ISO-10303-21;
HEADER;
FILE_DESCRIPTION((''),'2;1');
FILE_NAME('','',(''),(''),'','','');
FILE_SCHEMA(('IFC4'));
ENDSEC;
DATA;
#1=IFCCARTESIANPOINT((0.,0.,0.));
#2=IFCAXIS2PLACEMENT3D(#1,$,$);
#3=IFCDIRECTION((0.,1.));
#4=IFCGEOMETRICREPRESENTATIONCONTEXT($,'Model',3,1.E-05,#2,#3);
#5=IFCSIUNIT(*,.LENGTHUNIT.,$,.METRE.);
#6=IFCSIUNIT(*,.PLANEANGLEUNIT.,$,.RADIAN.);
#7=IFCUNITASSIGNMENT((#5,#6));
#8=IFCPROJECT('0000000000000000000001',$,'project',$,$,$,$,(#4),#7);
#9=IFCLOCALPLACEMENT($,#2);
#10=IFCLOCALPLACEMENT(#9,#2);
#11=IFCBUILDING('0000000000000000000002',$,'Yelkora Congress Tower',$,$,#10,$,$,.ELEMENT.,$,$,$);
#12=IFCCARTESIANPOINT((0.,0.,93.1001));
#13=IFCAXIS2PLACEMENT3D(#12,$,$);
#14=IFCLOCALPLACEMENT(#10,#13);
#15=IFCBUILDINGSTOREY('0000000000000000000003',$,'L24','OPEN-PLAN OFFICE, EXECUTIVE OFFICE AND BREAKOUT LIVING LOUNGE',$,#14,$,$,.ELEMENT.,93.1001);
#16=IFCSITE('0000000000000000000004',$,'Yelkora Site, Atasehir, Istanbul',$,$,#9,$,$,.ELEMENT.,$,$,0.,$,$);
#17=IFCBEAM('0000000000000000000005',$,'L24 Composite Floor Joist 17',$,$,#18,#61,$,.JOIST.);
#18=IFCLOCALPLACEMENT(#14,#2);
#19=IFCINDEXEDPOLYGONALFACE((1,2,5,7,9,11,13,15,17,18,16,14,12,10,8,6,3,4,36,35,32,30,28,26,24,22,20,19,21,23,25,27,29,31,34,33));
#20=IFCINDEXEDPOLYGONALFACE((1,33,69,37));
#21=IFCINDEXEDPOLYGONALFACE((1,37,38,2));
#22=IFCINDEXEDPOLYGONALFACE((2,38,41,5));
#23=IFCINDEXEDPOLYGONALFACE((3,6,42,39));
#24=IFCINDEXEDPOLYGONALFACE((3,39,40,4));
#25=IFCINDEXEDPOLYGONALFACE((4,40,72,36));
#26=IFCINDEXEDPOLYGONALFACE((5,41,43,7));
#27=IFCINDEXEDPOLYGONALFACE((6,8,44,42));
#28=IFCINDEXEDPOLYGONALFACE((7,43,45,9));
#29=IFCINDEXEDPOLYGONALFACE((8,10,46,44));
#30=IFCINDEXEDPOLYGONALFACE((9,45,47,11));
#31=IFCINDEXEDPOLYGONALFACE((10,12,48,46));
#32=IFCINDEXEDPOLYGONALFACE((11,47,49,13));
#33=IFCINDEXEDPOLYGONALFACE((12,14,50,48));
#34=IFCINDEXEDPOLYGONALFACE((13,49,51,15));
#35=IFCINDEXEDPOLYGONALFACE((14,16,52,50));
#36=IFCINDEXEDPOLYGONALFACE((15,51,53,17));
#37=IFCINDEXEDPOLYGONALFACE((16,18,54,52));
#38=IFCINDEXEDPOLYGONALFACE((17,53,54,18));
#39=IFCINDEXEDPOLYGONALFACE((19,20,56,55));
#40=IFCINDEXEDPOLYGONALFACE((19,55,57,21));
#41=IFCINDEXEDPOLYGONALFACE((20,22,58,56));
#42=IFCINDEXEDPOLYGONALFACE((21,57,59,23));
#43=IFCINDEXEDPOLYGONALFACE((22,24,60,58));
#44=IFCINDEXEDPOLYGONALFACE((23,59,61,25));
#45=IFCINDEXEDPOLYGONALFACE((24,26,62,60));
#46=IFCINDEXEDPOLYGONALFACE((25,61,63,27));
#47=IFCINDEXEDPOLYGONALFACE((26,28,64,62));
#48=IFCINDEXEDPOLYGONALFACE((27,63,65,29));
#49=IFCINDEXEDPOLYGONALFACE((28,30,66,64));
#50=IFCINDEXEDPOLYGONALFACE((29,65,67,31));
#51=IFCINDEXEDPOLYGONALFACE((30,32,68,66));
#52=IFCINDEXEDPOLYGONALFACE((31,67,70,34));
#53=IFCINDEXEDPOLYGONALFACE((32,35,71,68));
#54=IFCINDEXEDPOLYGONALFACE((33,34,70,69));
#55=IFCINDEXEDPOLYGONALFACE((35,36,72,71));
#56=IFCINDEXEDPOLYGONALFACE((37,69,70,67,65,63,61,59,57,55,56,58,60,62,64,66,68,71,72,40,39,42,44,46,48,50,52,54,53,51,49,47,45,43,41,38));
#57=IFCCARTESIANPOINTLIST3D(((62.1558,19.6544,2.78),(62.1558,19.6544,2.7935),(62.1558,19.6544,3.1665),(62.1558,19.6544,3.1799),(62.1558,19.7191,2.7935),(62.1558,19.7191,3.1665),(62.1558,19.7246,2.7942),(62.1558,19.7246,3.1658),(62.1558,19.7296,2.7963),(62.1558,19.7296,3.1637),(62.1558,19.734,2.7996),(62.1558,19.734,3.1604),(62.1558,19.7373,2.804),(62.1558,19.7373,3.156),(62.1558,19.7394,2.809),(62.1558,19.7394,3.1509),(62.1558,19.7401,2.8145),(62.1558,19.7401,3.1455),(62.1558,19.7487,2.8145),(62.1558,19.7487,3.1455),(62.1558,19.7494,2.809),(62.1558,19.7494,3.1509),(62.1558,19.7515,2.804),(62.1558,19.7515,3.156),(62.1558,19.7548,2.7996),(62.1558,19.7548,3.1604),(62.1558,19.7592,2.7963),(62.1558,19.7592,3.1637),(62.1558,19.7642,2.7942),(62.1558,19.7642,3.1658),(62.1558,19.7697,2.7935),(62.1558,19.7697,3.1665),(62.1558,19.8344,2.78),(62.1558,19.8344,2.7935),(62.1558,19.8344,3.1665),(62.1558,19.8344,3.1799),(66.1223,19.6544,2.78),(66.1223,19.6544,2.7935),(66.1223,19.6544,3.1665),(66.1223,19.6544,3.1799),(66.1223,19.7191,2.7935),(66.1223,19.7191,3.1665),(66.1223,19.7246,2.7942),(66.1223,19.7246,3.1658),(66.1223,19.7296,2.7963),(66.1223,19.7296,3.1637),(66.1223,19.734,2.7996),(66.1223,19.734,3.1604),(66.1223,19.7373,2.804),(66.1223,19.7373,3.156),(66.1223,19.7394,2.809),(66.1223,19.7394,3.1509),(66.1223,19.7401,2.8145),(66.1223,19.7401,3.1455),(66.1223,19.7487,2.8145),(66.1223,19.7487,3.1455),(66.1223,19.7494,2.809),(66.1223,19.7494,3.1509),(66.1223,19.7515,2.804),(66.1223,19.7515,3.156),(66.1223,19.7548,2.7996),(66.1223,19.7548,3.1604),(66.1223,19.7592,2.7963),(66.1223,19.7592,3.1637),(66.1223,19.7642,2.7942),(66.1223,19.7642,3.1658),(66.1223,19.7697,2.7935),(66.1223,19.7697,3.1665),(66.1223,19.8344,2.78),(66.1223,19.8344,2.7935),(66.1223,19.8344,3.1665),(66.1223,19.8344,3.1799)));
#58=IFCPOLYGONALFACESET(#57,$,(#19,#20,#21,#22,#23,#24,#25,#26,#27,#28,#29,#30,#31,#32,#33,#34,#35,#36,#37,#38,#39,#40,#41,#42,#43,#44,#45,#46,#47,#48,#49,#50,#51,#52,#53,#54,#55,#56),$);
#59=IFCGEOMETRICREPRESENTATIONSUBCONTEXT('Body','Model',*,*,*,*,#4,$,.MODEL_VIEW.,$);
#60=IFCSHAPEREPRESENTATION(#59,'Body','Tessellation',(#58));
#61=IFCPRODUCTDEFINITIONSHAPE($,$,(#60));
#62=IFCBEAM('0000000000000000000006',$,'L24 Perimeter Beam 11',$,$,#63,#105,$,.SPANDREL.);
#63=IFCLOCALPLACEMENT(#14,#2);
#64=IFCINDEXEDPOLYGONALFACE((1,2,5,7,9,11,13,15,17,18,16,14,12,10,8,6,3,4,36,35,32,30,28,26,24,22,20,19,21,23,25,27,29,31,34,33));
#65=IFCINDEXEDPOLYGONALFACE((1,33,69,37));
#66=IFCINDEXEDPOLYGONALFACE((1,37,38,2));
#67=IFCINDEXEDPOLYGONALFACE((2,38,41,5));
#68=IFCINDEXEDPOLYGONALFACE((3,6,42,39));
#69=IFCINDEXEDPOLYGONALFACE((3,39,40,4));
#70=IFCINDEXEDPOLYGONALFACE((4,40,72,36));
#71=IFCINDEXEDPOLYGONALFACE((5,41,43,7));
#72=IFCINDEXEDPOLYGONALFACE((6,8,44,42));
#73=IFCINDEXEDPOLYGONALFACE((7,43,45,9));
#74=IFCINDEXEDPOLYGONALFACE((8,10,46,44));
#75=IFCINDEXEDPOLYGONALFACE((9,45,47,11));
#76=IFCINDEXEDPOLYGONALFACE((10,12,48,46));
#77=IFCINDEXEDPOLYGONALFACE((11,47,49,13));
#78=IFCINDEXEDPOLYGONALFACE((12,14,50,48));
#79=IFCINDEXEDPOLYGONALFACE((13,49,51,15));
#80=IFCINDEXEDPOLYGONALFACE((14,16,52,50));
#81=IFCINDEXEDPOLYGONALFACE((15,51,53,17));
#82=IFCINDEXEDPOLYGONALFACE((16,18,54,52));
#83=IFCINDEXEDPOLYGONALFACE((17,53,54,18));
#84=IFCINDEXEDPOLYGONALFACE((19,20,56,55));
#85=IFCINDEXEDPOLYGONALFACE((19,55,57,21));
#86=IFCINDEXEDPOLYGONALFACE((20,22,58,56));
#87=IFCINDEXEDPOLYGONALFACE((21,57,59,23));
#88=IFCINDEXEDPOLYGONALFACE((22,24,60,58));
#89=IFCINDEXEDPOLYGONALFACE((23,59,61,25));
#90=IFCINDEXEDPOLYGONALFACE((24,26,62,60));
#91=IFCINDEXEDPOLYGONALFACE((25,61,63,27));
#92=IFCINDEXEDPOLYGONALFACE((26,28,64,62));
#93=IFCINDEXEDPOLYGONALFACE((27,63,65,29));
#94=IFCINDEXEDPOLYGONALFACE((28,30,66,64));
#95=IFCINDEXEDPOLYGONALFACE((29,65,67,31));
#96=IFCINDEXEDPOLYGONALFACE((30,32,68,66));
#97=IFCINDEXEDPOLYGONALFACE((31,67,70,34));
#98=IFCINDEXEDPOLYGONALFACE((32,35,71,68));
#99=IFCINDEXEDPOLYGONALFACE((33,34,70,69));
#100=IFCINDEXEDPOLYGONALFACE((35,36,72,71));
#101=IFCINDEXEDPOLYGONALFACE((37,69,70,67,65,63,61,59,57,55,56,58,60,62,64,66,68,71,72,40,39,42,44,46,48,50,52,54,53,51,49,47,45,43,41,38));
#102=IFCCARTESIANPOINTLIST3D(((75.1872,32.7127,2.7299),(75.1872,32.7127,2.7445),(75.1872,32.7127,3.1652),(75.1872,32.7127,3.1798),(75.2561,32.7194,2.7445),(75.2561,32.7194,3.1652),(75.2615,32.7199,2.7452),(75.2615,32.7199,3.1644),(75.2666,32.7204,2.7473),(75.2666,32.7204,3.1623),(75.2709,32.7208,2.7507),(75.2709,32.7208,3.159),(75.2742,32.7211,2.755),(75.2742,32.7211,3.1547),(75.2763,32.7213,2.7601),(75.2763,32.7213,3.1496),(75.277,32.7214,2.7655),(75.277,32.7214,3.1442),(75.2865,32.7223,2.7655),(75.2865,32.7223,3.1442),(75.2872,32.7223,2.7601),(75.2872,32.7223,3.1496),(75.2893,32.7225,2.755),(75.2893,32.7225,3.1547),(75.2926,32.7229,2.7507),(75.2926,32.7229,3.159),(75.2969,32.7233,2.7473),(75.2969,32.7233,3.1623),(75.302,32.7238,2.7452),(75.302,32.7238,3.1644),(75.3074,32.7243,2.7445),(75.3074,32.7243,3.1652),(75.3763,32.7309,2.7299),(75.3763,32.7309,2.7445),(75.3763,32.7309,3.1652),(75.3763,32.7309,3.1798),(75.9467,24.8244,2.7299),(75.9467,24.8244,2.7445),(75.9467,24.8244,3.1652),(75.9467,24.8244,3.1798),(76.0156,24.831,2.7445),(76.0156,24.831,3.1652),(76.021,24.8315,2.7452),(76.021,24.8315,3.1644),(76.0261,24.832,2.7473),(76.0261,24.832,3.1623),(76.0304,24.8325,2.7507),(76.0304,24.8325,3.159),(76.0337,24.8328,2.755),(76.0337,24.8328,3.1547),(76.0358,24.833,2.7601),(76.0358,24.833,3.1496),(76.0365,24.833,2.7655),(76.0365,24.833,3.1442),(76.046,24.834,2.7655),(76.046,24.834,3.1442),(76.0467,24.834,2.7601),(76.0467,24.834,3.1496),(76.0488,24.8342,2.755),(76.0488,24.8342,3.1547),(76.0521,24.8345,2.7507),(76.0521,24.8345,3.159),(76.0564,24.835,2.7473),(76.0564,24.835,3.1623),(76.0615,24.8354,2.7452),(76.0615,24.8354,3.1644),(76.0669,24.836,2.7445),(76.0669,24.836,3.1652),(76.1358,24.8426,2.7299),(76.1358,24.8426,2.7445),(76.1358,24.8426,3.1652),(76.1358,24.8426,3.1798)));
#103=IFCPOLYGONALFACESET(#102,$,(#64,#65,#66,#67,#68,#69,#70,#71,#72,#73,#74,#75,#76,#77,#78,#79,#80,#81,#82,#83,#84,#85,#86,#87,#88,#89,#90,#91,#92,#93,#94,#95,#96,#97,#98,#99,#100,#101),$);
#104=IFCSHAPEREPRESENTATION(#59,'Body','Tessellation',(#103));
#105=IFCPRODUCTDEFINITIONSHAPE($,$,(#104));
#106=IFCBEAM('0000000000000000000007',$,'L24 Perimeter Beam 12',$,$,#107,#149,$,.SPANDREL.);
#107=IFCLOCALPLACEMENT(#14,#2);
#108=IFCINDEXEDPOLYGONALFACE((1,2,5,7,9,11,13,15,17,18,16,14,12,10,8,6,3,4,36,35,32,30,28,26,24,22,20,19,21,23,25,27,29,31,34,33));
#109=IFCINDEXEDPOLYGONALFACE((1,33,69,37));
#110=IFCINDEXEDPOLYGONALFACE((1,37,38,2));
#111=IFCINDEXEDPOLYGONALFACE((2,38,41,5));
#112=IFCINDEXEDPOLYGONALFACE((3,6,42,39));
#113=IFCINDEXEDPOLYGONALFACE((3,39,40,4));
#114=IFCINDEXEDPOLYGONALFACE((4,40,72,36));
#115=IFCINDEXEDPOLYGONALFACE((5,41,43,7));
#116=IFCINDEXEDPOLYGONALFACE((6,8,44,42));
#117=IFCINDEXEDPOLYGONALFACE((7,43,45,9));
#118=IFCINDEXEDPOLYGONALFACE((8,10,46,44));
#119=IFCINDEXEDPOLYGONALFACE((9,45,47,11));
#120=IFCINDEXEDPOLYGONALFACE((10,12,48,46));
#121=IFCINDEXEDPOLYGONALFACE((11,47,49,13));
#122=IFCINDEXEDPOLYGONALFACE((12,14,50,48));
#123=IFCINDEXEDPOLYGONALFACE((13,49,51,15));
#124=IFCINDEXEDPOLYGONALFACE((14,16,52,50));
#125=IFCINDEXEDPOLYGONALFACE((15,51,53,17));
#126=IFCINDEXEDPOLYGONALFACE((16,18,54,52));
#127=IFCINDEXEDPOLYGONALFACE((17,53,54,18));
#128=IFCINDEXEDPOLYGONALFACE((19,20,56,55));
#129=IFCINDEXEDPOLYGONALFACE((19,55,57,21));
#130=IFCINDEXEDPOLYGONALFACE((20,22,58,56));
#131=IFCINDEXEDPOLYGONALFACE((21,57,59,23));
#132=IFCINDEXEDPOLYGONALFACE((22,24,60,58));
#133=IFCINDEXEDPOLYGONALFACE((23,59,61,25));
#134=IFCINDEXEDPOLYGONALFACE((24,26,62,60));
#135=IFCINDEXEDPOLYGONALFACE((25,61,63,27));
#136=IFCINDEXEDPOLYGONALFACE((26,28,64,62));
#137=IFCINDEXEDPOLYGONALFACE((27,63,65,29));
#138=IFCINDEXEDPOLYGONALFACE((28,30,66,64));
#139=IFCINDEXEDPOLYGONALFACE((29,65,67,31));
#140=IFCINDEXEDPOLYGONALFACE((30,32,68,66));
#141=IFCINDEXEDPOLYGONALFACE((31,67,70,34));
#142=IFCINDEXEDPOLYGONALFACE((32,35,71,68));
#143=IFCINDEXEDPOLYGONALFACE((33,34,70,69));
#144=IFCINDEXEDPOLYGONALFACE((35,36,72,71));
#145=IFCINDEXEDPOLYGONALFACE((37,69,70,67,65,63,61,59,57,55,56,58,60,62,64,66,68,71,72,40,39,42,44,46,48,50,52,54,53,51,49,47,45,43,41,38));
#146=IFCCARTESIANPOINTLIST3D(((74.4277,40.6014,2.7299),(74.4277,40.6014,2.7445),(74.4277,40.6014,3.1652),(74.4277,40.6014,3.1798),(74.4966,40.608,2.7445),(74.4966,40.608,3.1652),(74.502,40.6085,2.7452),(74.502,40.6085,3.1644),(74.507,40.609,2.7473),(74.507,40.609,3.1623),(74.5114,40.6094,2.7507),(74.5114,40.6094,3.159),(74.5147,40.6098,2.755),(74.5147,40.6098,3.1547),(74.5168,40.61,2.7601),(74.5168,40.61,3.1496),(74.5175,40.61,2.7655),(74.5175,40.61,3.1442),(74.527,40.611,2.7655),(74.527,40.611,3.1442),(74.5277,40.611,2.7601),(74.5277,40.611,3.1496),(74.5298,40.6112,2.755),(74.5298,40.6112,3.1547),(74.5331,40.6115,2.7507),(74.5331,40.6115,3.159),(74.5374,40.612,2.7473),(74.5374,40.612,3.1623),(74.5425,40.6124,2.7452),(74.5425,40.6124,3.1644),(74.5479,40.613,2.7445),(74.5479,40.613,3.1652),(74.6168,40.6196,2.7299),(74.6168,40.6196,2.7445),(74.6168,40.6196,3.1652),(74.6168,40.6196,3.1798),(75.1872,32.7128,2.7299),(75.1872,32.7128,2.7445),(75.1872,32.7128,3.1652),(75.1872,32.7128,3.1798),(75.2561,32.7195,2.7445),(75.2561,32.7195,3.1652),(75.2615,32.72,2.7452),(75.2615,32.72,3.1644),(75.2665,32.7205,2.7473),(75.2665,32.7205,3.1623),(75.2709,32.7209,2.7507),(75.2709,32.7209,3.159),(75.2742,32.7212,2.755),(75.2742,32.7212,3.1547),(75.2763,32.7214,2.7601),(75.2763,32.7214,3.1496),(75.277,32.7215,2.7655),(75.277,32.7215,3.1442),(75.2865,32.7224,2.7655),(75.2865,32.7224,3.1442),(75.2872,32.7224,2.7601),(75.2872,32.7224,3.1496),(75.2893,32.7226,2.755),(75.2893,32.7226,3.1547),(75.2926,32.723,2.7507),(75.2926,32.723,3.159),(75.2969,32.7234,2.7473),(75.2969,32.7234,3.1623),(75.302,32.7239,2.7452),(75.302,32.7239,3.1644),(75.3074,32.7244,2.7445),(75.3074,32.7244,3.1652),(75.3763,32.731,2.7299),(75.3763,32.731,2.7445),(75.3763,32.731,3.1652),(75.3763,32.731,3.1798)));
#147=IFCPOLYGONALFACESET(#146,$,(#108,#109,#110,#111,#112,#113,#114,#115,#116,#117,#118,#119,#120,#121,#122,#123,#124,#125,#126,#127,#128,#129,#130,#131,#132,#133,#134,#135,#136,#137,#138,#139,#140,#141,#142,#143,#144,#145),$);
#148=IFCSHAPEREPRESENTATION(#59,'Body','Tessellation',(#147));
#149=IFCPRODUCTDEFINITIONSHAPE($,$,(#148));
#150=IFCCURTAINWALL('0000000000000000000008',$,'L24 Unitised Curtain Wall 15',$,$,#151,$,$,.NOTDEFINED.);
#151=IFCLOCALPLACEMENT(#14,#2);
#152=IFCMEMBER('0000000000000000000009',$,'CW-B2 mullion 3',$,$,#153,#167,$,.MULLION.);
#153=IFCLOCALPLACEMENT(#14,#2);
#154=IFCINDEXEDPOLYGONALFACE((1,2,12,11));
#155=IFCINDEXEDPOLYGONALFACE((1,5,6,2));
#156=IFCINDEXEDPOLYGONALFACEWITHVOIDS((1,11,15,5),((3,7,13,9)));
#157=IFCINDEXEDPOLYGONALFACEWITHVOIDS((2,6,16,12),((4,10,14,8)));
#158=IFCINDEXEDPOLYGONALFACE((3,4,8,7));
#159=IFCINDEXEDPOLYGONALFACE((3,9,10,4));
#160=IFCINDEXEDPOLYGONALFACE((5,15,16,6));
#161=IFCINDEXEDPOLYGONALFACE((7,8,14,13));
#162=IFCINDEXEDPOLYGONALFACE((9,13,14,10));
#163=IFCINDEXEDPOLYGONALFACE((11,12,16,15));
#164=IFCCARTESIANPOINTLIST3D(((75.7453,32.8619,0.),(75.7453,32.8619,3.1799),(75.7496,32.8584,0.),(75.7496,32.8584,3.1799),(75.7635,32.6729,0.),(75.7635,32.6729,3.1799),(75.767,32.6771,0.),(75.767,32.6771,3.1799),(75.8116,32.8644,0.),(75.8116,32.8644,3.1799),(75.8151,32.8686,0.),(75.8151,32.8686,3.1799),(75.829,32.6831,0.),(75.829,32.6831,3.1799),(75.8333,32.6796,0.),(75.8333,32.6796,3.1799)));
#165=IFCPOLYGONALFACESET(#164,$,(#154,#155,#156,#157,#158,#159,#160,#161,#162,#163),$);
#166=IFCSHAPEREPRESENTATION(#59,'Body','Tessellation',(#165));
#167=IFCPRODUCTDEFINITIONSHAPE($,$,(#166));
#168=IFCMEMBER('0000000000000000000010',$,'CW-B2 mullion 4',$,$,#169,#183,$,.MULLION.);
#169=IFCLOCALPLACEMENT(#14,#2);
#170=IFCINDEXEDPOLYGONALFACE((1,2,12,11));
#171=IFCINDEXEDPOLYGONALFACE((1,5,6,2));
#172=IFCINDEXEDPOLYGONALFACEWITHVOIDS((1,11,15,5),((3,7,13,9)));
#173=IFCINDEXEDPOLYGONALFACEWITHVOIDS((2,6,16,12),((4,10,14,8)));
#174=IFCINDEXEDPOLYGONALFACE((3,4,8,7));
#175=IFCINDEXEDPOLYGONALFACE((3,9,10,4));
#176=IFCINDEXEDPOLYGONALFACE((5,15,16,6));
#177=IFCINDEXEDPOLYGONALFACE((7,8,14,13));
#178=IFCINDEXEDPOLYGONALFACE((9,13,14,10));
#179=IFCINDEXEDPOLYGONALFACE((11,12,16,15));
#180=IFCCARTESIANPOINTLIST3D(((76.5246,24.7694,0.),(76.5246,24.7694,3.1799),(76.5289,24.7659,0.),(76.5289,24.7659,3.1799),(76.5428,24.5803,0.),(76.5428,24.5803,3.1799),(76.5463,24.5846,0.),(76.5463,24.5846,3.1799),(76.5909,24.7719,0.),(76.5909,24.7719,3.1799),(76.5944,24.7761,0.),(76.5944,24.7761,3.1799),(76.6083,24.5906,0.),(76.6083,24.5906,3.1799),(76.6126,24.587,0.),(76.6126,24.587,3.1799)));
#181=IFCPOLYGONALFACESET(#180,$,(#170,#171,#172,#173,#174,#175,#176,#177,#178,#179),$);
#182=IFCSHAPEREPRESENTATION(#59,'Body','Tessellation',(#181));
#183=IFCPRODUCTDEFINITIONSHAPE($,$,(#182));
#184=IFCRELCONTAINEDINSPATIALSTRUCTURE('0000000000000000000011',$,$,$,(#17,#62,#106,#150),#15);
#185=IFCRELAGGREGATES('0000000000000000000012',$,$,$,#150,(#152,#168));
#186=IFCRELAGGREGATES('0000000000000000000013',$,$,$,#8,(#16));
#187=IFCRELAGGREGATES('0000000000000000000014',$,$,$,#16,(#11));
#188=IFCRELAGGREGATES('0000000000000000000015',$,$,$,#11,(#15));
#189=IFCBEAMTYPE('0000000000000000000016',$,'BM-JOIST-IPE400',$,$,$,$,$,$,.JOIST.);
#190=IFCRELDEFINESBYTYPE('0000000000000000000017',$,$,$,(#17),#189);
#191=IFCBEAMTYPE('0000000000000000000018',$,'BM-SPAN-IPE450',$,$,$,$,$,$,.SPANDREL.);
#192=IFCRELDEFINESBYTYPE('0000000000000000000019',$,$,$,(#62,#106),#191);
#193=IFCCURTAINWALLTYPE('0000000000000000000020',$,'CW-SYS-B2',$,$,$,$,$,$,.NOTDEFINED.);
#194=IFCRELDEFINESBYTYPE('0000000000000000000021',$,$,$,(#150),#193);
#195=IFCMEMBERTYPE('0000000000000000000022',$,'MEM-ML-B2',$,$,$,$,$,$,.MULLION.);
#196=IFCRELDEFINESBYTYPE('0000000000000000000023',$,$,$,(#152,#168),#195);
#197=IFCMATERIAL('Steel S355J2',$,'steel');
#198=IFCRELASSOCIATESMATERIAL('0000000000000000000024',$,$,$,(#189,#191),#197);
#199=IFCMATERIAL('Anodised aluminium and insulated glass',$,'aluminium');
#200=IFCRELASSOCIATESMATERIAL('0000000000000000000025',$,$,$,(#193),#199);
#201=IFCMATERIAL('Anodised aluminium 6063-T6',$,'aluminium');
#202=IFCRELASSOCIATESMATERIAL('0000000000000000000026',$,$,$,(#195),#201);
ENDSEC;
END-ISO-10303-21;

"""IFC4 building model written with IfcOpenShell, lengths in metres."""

from ifc_helpers import new_model, si_unit, direction, frame, origin, origin_2d, place, context, subcontext, project, spatial, hollow_rectangle, i_section, extrude, material, material_profile, profile_set, type_object, element, aggregate, save


model = new_model("IFC4")

# Units and contexts
model_context = context("Model", 3, precision=1e-05, world=origin(), true_north=direction((0.0, 1.0)))
body_context = subcontext(model_context, "Body", "Model", "MODEL_VIEW")
ifc_project = project(units=[si_unit("LENGTHUNIT", "METRE"), si_unit("PLANEANGLEUNIT", "RADIAN")], contexts=[model_context])

# Site, building, storey
site_placement = place(None, origin())
site = spatial("IfcSite", under=ifc_project, at=site_placement, Name="Yelkora Site, Atasehir, Istanbul", CompositionType="ELEMENT", RefElevation=0.0)
building_placement = place(site_placement, origin())
building = spatial("IfcBuilding", under=site, at=building_placement, Name="Yelkora Congress Tower", CompositionType="ELEMENT")
storey_placement = place(building_placement, frame((0.0, 0.0, 93.1001)))
storey = spatial("IfcBuildingStorey", under=building, at=storey_placement, Name="L24", Description="OPEN-PLAN OFFICE, EXECUTIVE OFFICE AND BREAKOUT LIVING LOUNGE", CompositionType="ELEMENT", Elevation=93.1001)

# Beams
ifc_material_1 = material(Name="Steel S355J2", Category="steel")
ifc_material_profile_1 = material_profile(ifc_material_1, i_section(OverallWidth=0.1799, OverallDepth=0.3999, WebThickness=0.0085, FlangeThickness=0.0134, FilletRadius=0.021, at=origin_2d()), Name="IPE 400")
ifc_profile_set_1 = profile_set([ifc_material_profile_1], Name="Steel S355J2")
beam_type_1 = type_object("IfcBeamType", Name="BM-JOIST-IPE400", PredefinedType="JOIST", material=ifc_profile_set_1)
beam_1_placement = place(storey_placement, frame((62.1558, 19.7444, 2.98), z_axis=(1.0, 0.0, 0.0), x_axis=(0.0, 1.0, 0.0)))
element("IfcBeam", 1, at=beam_1_placement, inside=storey, type_object=beam_type_1, Name="L24 Composite Floor Joist 17", PredefinedType="JOIST", context=body_context, shape_type="SweptSolid", body=[
    extrude(i_section(OverallWidth=0.1799, OverallDepth=0.3999, WebThickness=0.0085, FlangeThickness=0.0134, FilletRadius=0.021, at=origin_2d()), origin(), (0.0, 0.0, 1.0), 3.9666),
])
ifc_material_profile_2 = material_profile(ifc_material_1, i_section(OverallWidth=0.1899, OverallDepth=0.45, WebThickness=0.0095, FlangeThickness=0.0146, FilletRadius=0.021, at=origin_2d()), Name="IPE 450")
ifc_profile_set_2 = profile_set([ifc_material_profile_2], Name="Steel S355J2")
beam_type_2 = type_object("IfcBeamType", Name="BM-SPAN-IPE450", PredefinedType="SPANDREL", material=ifc_profile_set_2)
beam_2_placement = place(storey_placement, frame((76.0413, 24.8335, 2.9548), z_axis=(-0.09584, 0.995397, 0.0), x_axis=(-0.995397, -0.09584, 0.0)))
element("IfcBeam", 2, at=beam_2_placement, inside=storey, type_object=beam_type_2, Name="L24 Perimeter Beam 11", PredefinedType="SPANDREL", context=body_context, shape_type="SweptSolid", body=[
    extrude(i_section(OverallWidth=0.1899, OverallDepth=0.45, WebThickness=0.0095, FlangeThickness=0.0146, FilletRadius=0.021, at=origin_2d()), origin(), (0.0, 0.0, 1.0), 7.9248),
])
beam_3_placement = place(storey_placement, frame((75.2817, 32.7219, 2.9548), z_axis=(-0.095837, 0.995397, 0.0), x_axis=(-0.995397, -0.095837, 0.0)))
element("IfcBeam", 3, at=beam_3_placement, inside=storey, type_object=beam_type_2, Name="L24 Perimeter Beam 12", PredefinedType="SPANDREL", context=body_context, shape_type="SweptSolid", body=[
    extrude(i_section(OverallWidth=0.1899, OverallDepth=0.45, WebThickness=0.0095, FlangeThickness=0.0146, FilletRadius=0.021, at=origin_2d()), origin(), (0.0, 0.0, 1.0), 7.925),
])

# Curtain wall, members
ifc_material_2 = material(Name="Anodised aluminium and insulated glass", Category="aluminium")
curtain_wall_type = type_object("IfcCurtainWallType", Name="CW-SYS-B2", PredefinedType="NOTDEFINED", material=ifc_material_2)
curtain_wall_placement = place(storey_placement, origin())
curtain_wall = element("IfcCurtainWall", 4, at=curtain_wall_placement, inside=storey, type_object=curtain_wall_type, Name="L24 Unitised Curtain Wall 15", PredefinedType="NOTDEFINED")
ifc_material_3 = material(Name="Anodised aluminium 6063-T6", Category="aluminium")
ifc_material_profile_3 = material_profile(ifc_material_3, hollow_rectangle(XDim=0.0701, YDim=0.1899, WallThickness=0.0039, at=origin_2d()), Name="ALU 70x190x4")
ifc_profile_set_3 = profile_set([ifc_material_profile_3], Name="Anodised aluminium 6063-T6")
member_type_1 = type_object("IfcMemberType", Name="MEM-ML-B2", PredefinedType="MULLION", material=ifc_profile_set_3)
member_1_placement = place(storey_placement, frame((75.7893, 32.7708, 0.0), z_axis=(0.0, 0.0, 1.0), x_axis=(0.995397, 0.095843, 0.0)))
member_1 = element("IfcMember", 5, at=member_1_placement, type_object=member_type_1, Name="CW-B2 mullion 3", PredefinedType="MULLION", context=body_context, shape_type="SweptSolid", body=[
    extrude(hollow_rectangle(XDim=0.0701, YDim=0.1899, WallThickness=0.0039, at=origin_2d()), origin(), (0.0, 0.0, 1.0), 3.1799),
])
member_2_placement = place(storey_placement, frame((76.5686, 24.6782, 0.0), z_axis=(0.0, 0.0, 1.0), x_axis=(0.995397, 0.095843, 0.0)))
member_2 = element("IfcMember", 6, at=member_2_placement, type_object=member_type_1, Name="CW-B2 mullion 4", PredefinedType="MULLION", context=body_context, shape_type="SweptSolid", body=[
    extrude(hollow_rectangle(XDim=0.0701, YDim=0.1899, WallThickness=0.0039, at=origin_2d()), origin(), (0.0, 0.0, 1.0), 3.1799),
])
aggregate(curtain_wall, [member_1, member_2])

save(model, "model.ifc")
